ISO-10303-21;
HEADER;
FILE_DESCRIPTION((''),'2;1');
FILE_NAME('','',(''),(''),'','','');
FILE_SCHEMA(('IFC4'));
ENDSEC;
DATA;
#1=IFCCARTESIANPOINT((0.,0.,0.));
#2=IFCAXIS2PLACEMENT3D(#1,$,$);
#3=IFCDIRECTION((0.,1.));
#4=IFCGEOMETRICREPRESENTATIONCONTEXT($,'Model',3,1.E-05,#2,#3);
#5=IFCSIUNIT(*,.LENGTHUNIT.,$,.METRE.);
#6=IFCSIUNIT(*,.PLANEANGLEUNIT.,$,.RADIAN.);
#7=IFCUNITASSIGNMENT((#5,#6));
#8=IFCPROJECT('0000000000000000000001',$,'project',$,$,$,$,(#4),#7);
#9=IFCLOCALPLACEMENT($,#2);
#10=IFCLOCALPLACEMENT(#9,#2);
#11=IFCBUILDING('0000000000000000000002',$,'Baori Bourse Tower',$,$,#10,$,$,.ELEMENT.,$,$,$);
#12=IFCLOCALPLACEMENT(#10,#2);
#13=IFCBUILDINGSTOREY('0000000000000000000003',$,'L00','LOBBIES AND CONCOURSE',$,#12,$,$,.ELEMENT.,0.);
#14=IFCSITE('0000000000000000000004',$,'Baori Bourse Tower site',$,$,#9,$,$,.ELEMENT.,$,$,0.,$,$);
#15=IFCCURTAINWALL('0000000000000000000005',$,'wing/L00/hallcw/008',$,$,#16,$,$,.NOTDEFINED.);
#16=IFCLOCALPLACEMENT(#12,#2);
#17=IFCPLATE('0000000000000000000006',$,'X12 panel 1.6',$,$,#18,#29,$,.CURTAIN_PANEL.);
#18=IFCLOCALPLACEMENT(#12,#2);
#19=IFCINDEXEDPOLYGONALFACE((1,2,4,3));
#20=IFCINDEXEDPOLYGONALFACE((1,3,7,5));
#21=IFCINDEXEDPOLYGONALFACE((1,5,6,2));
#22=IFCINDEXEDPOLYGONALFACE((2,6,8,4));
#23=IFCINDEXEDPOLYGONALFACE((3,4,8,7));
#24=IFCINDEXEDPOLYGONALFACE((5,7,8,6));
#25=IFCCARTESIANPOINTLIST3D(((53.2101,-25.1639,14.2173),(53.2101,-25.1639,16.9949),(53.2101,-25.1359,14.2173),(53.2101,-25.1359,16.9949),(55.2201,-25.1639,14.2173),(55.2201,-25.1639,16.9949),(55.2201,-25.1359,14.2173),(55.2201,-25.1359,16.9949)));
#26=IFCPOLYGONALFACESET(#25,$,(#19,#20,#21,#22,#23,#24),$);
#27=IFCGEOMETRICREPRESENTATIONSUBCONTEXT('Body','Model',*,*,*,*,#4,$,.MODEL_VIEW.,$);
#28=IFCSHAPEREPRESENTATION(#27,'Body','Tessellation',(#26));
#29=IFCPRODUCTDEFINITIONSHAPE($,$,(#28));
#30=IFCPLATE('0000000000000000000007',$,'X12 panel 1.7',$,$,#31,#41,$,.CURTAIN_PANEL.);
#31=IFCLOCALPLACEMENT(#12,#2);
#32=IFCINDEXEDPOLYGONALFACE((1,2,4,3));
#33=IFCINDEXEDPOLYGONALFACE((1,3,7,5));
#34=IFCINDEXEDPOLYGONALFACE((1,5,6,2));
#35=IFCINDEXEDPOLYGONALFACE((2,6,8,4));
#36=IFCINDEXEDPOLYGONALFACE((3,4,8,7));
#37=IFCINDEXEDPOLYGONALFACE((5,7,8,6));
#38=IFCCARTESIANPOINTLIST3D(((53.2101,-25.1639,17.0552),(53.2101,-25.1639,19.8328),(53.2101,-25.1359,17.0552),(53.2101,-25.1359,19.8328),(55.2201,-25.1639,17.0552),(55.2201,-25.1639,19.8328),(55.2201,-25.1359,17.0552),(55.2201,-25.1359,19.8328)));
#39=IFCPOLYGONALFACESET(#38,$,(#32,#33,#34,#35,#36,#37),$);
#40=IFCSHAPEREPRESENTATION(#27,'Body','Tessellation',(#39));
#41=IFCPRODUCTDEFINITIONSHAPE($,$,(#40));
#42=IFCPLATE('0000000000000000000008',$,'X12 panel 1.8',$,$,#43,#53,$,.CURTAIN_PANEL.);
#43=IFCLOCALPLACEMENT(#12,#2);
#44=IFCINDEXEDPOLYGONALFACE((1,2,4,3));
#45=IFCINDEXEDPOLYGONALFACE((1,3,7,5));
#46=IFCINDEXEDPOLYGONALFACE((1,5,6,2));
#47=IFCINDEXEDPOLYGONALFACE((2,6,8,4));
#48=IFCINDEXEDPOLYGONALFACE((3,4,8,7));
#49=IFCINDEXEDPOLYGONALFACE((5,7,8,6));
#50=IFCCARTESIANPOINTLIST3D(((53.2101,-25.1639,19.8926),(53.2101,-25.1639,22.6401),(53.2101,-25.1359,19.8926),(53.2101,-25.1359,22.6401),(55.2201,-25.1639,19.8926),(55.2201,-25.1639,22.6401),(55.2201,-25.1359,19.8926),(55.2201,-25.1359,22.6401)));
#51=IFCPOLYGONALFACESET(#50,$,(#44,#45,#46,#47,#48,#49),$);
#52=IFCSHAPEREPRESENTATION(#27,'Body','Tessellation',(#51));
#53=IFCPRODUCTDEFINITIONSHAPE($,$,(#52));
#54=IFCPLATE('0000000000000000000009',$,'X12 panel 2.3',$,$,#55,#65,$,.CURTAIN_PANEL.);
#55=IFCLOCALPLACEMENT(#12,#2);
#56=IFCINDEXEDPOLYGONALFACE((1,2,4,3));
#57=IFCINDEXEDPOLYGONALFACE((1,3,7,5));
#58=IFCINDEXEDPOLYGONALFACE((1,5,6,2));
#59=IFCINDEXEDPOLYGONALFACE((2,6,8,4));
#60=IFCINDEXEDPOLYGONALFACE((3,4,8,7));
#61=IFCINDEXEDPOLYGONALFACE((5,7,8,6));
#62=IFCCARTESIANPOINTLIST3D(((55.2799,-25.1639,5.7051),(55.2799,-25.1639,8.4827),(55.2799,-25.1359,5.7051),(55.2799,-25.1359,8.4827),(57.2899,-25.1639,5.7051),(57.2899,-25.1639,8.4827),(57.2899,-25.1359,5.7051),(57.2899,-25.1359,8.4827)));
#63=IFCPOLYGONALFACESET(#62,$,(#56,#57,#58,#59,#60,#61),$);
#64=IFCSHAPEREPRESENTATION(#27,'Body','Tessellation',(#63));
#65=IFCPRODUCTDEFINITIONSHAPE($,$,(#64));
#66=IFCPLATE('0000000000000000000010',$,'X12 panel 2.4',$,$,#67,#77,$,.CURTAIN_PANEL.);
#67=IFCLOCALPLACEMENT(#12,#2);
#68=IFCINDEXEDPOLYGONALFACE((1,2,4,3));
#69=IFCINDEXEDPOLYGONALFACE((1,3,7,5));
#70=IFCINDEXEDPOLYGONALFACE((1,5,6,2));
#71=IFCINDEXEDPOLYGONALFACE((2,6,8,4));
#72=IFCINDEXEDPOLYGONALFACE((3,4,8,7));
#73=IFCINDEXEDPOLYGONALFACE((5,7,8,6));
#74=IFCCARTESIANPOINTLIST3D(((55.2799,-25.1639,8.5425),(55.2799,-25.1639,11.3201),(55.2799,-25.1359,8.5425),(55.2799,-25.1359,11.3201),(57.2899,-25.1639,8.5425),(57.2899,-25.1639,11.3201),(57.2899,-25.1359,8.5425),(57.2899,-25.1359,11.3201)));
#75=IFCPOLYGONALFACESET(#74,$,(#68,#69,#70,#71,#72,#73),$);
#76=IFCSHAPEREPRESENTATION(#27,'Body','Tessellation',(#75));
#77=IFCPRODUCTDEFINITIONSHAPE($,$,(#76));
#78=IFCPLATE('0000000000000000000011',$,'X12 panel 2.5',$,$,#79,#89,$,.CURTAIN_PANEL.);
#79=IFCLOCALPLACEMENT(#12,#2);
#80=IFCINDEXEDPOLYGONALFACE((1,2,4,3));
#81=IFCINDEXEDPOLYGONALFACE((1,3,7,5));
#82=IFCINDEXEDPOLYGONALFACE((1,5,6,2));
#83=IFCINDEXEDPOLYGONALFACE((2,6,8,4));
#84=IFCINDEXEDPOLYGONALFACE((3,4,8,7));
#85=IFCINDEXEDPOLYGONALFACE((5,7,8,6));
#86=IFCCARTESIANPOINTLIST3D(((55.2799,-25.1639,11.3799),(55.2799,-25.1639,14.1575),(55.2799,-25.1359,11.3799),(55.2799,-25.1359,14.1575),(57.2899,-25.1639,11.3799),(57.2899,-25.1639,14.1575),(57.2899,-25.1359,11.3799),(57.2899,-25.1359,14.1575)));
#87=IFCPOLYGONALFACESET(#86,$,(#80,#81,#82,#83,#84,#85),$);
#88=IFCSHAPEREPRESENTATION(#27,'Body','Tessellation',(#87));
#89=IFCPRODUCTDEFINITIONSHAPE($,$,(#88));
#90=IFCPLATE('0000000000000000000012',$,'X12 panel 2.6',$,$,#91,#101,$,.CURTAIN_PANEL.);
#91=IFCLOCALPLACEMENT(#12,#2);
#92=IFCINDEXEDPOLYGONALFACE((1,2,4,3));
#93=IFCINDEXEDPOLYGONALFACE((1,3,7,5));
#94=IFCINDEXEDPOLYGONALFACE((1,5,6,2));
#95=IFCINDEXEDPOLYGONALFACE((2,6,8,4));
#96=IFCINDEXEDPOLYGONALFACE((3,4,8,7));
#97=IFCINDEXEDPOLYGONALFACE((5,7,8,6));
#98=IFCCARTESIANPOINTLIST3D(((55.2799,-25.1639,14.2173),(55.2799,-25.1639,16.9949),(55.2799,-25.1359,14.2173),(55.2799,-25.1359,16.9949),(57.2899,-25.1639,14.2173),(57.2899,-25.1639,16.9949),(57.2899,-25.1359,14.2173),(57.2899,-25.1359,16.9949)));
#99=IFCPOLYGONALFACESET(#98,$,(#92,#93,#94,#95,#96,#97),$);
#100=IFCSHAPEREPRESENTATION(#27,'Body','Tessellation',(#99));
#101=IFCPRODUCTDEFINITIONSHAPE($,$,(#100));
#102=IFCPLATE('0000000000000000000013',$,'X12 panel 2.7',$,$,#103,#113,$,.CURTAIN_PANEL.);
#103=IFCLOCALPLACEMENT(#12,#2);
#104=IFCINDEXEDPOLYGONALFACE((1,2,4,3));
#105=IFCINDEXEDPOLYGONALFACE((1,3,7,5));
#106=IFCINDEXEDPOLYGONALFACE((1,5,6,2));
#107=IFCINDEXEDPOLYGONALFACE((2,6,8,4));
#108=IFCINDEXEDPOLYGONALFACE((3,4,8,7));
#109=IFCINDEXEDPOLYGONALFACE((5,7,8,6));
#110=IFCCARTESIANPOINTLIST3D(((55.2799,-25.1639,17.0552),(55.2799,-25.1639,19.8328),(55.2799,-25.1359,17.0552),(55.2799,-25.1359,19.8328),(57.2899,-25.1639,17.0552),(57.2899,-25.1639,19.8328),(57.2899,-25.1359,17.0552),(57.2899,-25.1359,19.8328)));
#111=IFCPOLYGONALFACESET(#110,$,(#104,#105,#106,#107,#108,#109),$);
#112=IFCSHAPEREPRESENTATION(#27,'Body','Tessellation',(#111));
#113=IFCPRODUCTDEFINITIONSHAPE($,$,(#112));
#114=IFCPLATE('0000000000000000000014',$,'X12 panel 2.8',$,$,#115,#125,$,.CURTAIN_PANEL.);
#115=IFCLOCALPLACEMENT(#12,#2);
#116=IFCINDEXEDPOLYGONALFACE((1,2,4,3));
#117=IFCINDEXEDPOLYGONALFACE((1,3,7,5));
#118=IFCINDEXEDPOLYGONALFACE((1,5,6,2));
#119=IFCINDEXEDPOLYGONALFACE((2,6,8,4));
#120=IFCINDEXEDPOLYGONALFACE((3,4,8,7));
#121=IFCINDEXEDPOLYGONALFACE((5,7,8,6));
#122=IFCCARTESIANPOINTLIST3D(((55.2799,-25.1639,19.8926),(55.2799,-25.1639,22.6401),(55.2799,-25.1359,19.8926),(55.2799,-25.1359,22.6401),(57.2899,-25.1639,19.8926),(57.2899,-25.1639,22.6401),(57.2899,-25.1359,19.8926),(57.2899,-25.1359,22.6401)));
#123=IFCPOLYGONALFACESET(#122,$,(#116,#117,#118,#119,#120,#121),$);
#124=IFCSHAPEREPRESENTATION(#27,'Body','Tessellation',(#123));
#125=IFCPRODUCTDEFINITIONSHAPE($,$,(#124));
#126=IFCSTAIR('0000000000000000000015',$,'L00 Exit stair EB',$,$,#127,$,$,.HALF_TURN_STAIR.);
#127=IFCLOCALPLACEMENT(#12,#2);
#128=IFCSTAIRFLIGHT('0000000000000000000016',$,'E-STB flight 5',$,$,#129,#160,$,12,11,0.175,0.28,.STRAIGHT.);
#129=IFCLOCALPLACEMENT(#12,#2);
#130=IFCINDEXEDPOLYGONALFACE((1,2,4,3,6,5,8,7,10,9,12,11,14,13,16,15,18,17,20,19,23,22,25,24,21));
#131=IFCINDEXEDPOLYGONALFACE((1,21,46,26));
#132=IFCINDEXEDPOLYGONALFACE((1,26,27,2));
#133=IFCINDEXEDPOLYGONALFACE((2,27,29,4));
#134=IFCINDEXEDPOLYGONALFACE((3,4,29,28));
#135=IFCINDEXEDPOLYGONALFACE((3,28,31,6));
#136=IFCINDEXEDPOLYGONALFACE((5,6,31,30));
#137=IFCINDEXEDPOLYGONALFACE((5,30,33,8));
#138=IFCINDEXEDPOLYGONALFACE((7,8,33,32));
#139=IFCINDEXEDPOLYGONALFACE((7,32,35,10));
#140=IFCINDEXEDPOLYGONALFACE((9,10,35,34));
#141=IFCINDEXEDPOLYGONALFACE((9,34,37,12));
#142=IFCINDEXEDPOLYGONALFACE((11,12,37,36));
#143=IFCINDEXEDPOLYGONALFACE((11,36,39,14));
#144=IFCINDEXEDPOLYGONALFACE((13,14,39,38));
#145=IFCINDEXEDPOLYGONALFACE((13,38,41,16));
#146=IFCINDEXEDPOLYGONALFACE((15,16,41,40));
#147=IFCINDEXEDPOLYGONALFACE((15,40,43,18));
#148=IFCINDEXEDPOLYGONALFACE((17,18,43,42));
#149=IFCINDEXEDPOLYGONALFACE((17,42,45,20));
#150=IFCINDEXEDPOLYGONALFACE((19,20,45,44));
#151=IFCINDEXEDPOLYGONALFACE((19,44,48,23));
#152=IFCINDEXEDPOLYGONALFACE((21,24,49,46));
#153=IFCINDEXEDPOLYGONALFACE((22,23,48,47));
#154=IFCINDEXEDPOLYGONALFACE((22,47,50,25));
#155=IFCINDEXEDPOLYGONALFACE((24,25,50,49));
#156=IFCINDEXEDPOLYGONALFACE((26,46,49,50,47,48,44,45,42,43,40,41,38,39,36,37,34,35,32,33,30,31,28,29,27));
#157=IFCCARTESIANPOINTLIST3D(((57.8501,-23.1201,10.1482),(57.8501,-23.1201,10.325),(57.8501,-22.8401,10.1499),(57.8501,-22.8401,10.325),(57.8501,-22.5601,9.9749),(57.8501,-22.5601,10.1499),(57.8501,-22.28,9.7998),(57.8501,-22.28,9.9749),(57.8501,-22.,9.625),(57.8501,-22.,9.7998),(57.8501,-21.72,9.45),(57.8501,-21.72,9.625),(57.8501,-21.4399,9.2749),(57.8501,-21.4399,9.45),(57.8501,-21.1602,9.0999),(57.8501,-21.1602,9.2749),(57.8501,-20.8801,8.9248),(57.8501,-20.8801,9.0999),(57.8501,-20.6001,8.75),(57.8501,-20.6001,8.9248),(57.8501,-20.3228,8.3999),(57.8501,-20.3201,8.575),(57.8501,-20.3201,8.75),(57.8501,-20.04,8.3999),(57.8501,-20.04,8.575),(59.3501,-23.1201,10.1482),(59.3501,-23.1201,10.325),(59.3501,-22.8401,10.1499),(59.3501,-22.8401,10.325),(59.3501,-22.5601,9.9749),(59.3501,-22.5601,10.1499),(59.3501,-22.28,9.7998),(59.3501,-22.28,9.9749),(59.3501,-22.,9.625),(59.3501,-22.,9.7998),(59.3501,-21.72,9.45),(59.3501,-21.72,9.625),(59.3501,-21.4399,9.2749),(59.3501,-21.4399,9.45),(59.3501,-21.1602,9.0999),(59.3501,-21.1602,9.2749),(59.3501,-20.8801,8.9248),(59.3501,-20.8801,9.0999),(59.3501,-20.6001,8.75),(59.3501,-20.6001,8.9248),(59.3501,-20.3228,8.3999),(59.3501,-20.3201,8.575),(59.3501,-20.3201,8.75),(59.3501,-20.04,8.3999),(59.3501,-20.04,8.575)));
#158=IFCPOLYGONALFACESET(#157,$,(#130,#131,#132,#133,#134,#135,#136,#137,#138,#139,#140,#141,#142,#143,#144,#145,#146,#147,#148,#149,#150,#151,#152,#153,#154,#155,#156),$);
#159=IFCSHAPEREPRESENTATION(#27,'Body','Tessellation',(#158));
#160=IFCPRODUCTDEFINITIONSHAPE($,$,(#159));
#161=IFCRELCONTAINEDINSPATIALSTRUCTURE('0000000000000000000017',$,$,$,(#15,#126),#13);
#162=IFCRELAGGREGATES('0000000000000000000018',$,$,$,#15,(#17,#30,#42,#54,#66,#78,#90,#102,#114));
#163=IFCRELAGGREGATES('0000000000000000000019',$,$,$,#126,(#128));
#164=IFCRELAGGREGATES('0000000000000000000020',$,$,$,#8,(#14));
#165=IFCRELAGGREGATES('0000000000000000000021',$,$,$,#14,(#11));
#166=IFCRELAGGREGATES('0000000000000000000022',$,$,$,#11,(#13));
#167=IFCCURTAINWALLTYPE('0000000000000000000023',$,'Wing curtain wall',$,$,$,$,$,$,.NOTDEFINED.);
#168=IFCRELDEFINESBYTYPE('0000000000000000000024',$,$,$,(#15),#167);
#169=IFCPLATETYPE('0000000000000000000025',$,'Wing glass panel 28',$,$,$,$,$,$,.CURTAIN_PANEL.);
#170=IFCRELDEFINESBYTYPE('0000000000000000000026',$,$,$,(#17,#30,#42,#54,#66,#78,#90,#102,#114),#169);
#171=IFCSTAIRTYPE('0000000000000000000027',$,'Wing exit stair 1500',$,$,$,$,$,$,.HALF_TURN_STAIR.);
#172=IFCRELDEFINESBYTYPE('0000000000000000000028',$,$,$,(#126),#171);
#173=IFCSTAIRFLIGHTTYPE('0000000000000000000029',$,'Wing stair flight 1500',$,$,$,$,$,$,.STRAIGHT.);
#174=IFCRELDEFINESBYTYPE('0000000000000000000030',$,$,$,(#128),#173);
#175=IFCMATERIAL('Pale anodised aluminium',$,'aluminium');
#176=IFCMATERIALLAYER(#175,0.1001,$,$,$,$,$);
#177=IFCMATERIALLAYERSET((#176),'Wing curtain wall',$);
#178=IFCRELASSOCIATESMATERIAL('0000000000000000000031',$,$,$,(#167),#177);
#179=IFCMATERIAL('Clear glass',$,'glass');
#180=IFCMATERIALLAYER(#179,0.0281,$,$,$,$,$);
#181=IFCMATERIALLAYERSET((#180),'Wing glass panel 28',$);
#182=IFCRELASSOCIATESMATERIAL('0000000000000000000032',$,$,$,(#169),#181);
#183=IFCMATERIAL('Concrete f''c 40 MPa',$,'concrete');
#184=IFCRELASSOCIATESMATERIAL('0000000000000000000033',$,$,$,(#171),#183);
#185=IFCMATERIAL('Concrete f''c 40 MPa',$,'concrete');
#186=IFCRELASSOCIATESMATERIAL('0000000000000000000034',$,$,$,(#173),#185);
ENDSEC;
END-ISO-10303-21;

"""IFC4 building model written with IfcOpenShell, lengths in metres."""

from ifc_helpers import new_model, si_unit, direction, frame, origin, origin_2d, place, context, subcontext, project, spatial, polyline, rectangle, outline, extrude, material, layer, layer_set, type_object, element, aggregate, save


model = new_model("IFC4")

# Units and contexts
model_context = context("Model", 3, precision=1e-05, world=origin(), true_north=direction((0.0, 1.0)))
body_context = subcontext(model_context, "Body", "Model", "MODEL_VIEW")
ifc_project = project(units=[si_unit("LENGTHUNIT", "METRE"), si_unit("PLANEANGLEUNIT", "RADIAN")], contexts=[model_context])

# Site, building, storey
site_placement = place(None, origin())
site = spatial("IfcSite", under=ifc_project, at=site_placement, Name="Baori Bourse Tower site", CompositionType="ELEMENT", RefElevation=0.0)
building_placement = place(site_placement, origin())
building = spatial("IfcBuilding", under=site, at=building_placement, Name="Baori Bourse Tower", CompositionType="ELEMENT")
storey_placement = place(building_placement, origin())
storey = spatial("IfcBuildingStorey", under=building, at=storey_placement, Name="L00", Description="LOBBIES AND CONCOURSE", CompositionType="ELEMENT", Elevation=0.0)

# Curtain wall
ifc_material_1 = material(Name="Pale anodised aluminium", Category="aluminium")
ifc_layer_1 = layer(ifc_material_1, 0.1001)
ifc_layer_set_1 = layer_set([ifc_layer_1], Name="Wing curtain wall")
curtain_wall_type = type_object("IfcCurtainWallType", Name="Wing curtain wall", PredefinedType="NOTDEFINED", material=ifc_layer_set_1)
curtain_wall_1_placement = place(storey_placement, origin())
curtain_wall_1 = element("IfcCurtainWall", 1, at=curtain_wall_1_placement, inside=storey, type_object=curtain_wall_type, Name="wing/L00/hallcw/008", PredefinedType="NOTDEFINED")

# Shared definitions
ifc_material_2 = material(Name="Clear glass", Category="glass")
ifc_layer_2 = layer(ifc_material_2, 0.0281)
ifc_layer_set_2 = layer_set([ifc_layer_2], Name="Wing glass panel 28")
plate_type = type_object("IfcPlateType", Name="Wing glass panel 28", PredefinedType="CURTAIN_PANEL", material=ifc_layer_set_2)

# Plates
plate_1_placement = place(storey_placement, frame((54.2151, -25.1499, 14.2173), z_axis=(0.0, 0.0, 1.0), x_axis=(1.0, 0.0, 0.0)))
plate_1 = element("IfcPlate", 2, at=plate_1_placement, type_object=plate_type, Name="X12 panel 1.6", PredefinedType="CURTAIN_PANEL", context=body_context, shape_type="SweptSolid", body=[
    extrude(rectangle(XDim=2.01, YDim=0.0281, at=origin_2d()), origin(), (0.0, 0.0, 1.0), 2.7776),
])
plate_2_placement = place(storey_placement, frame((54.2151, -25.1499, 17.0552), z_axis=(0.0, 0.0, 1.0), x_axis=(1.0, 0.0, 0.0)))
plate_2 = element("IfcPlate", 3, at=plate_2_placement, type_object=plate_type, Name="X12 panel 1.7", PredefinedType="CURTAIN_PANEL", context=body_context, shape_type="SweptSolid", body=[
    extrude(rectangle(XDim=2.01, YDim=0.0281, at=origin_2d()), origin(), (0.0, 0.0, 1.0), 2.7776),
])
plate_3_placement = place(storey_placement, frame((54.2151, -25.1499, 19.8926), z_axis=(0.0, 0.0, 1.0), x_axis=(1.0, 0.0, 0.0)))
plate_3 = element("IfcPlate", 4, at=plate_3_placement, type_object=plate_type, Name="X12 panel 1.8", PredefinedType="CURTAIN_PANEL", context=body_context, shape_type="SweptSolid", body=[
    extrude(rectangle(XDim=2.01, YDim=0.0281, at=origin_2d()), origin(), (0.0, 0.0, 1.0), 2.7476),
])
plate_4_placement = place(storey_placement, frame((56.2849, -25.1499, 5.7051), z_axis=(0.0, 0.0, 1.0), x_axis=(1.0, 0.0, 0.0)))
plate_4 = element("IfcPlate", 5, at=plate_4_placement, type_object=plate_type, Name="X12 panel 2.3", PredefinedType="CURTAIN_PANEL", context=body_context, shape_type="SweptSolid", body=[
    extrude(rectangle(XDim=2.01, YDim=0.0281, at=origin_2d()), origin(), (0.0, 0.0, 1.0), 2.7776),
])
plate_5_placement = place(storey_placement, frame((56.2849, -25.1499, 8.5425), z_axis=(0.0, 0.0, 1.0), x_axis=(1.0, 0.0, 0.0)))
plate_5 = element("IfcPlate", 6, at=plate_5_placement, type_object=plate_type, Name="X12 panel 2.4", PredefinedType="CURTAIN_PANEL", context=body_context, shape_type="SweptSolid", body=[
    extrude(rectangle(XDim=2.01, YDim=0.0281, at=origin_2d()), origin(), (0.0, 0.0, 1.0), 2.7776),
])
plate_6_placement = place(storey_placement, frame((56.2849, -25.1499, 11.3799), z_axis=(0.0, 0.0, 1.0), x_axis=(1.0, 0.0, 0.0)))
plate_6 = element("IfcPlate", 7, at=plate_6_placement, type_object=plate_type, Name="X12 panel 2.5", PredefinedType="CURTAIN_PANEL", context=body_context, shape_type="SweptSolid", body=[
    extrude(rectangle(XDim=2.01, YDim=0.0281, at=origin_2d()), origin(), (0.0, 0.0, 1.0), 2.7776),
])
plate_7_placement = place(storey_placement, frame((56.2849, -25.1499, 14.2173), z_axis=(0.0, 0.0, 1.0), x_axis=(1.0, 0.0, 0.0)))
plate_7 = element("IfcPlate", 8, at=plate_7_placement, type_object=plate_type, Name="X12 panel 2.6", PredefinedType="CURTAIN_PANEL", context=body_context, shape_type="SweptSolid", body=[
    extrude(rectangle(XDim=2.01, YDim=0.0281, at=origin_2d()), origin(), (0.0, 0.0, 1.0), 2.7776),
])
plate_8_placement = place(storey_placement, frame((56.2849, -25.1499, 17.0552), z_axis=(0.0, 0.0, 1.0), x_axis=(1.0, 0.0, 0.0)))
plate_8 = element("IfcPlate", 9, at=plate_8_placement, type_object=plate_type, Name="X12 panel 2.7", PredefinedType="CURTAIN_PANEL", context=body_context, shape_type="SweptSolid", body=[
    extrude(rectangle(XDim=2.01, YDim=0.0281, at=origin_2d()), origin(), (0.0, 0.0, 1.0), 2.7776),
])
plate_9_placement = place(storey_placement, frame((56.2849, -25.1499, 19.8926), z_axis=(0.0, 0.0, 1.0), x_axis=(1.0, 0.0, 0.0)))
plate_9 = element("IfcPlate", 10, at=plate_9_placement, type_object=plate_type, Name="X12 panel 2.8", PredefinedType="CURTAIN_PANEL", context=body_context, shape_type="SweptSolid", body=[
    extrude(rectangle(XDim=2.01, YDim=0.0281, at=origin_2d()), origin(), (0.0, 0.0, 1.0), 2.7476),
])
aggregate(curtain_wall_1, [plate_1, plate_2, plate_3, plate_4, plate_5, plate_6, plate_7, plate_8, plate_9])

# Stair, stair flight
ifc_material_3 = material(Name="Concrete f'c 40 MPa", Category="concrete")
stair_type = type_object("IfcStairType", Name="Wing exit stair 1500", PredefinedType="HALF_TURN_STAIR", material=ifc_material_3)
stair_placement = place(storey_placement, origin())
stair = element("IfcStair", 11, at=stair_placement, inside=storey, type_object=stair_type, Name="L00 Exit stair EB", PredefinedType="HALF_TURN_STAIR")
ifc_material_4 = material(Name="Concrete f'c 40 MPa", Category="concrete")
stair_flight_type = type_object("IfcStairFlightType", Name="Wing stair flight 1500", PredefinedType="STRAIGHT", material=ifc_material_4)
stair_flight_placement = place(storey_placement, frame((58.6001, -20.04, 8.3999), z_axis=(0.0, 0.0, 1.0), x_axis=(0.0, -1.0, 0.0)))
stair_flight = element("IfcStairFlight", 12, at=stair_flight_placement, type_object=stair_flight_type, Name="E-STB flight 5", NumberOfRisers=12, NumberOfTreads=11, PredefinedType="STRAIGHT", RiserHeight=0.175, TreadLength=0.28, context=body_context, shape_type="SweptSolid", body=[
    extrude(outline(polyline([(0.0, 0.0), (0.0, 0.175), (0.28, 0.175), (0.28, 0.3501), (0.5601, 0.3501), (0.5601, 0.5249), (0.8401, 0.5249), (0.8401, 0.7), (1.1201, 0.7), (1.1201, 0.875), (1.3999, 0.875), (1.3999, 1.05), (1.6799, 1.05), (1.6799, 1.2251), (1.96, 1.2251), (1.96, 1.3999), (2.24, 1.3999), (2.24, 1.575), (2.52, 1.575), (2.52, 1.75), (2.8, 1.75), (2.8, 1.925), (3.0801, 1.925), (3.0801, 2.1001), (3.0801, 1.7483), (0.2827, 0.0), (0.0, 0.0)])), frame((0.0, 0.75, 0.0), z_axis=(0.0, -1.0, 0.0), x_axis=(1.0, 0.0, 0.0)), (0.0, 0.0, 1.0), 1.5),
])
aggregate(stair, [stair_flight])

save(model, "model.ifc")
